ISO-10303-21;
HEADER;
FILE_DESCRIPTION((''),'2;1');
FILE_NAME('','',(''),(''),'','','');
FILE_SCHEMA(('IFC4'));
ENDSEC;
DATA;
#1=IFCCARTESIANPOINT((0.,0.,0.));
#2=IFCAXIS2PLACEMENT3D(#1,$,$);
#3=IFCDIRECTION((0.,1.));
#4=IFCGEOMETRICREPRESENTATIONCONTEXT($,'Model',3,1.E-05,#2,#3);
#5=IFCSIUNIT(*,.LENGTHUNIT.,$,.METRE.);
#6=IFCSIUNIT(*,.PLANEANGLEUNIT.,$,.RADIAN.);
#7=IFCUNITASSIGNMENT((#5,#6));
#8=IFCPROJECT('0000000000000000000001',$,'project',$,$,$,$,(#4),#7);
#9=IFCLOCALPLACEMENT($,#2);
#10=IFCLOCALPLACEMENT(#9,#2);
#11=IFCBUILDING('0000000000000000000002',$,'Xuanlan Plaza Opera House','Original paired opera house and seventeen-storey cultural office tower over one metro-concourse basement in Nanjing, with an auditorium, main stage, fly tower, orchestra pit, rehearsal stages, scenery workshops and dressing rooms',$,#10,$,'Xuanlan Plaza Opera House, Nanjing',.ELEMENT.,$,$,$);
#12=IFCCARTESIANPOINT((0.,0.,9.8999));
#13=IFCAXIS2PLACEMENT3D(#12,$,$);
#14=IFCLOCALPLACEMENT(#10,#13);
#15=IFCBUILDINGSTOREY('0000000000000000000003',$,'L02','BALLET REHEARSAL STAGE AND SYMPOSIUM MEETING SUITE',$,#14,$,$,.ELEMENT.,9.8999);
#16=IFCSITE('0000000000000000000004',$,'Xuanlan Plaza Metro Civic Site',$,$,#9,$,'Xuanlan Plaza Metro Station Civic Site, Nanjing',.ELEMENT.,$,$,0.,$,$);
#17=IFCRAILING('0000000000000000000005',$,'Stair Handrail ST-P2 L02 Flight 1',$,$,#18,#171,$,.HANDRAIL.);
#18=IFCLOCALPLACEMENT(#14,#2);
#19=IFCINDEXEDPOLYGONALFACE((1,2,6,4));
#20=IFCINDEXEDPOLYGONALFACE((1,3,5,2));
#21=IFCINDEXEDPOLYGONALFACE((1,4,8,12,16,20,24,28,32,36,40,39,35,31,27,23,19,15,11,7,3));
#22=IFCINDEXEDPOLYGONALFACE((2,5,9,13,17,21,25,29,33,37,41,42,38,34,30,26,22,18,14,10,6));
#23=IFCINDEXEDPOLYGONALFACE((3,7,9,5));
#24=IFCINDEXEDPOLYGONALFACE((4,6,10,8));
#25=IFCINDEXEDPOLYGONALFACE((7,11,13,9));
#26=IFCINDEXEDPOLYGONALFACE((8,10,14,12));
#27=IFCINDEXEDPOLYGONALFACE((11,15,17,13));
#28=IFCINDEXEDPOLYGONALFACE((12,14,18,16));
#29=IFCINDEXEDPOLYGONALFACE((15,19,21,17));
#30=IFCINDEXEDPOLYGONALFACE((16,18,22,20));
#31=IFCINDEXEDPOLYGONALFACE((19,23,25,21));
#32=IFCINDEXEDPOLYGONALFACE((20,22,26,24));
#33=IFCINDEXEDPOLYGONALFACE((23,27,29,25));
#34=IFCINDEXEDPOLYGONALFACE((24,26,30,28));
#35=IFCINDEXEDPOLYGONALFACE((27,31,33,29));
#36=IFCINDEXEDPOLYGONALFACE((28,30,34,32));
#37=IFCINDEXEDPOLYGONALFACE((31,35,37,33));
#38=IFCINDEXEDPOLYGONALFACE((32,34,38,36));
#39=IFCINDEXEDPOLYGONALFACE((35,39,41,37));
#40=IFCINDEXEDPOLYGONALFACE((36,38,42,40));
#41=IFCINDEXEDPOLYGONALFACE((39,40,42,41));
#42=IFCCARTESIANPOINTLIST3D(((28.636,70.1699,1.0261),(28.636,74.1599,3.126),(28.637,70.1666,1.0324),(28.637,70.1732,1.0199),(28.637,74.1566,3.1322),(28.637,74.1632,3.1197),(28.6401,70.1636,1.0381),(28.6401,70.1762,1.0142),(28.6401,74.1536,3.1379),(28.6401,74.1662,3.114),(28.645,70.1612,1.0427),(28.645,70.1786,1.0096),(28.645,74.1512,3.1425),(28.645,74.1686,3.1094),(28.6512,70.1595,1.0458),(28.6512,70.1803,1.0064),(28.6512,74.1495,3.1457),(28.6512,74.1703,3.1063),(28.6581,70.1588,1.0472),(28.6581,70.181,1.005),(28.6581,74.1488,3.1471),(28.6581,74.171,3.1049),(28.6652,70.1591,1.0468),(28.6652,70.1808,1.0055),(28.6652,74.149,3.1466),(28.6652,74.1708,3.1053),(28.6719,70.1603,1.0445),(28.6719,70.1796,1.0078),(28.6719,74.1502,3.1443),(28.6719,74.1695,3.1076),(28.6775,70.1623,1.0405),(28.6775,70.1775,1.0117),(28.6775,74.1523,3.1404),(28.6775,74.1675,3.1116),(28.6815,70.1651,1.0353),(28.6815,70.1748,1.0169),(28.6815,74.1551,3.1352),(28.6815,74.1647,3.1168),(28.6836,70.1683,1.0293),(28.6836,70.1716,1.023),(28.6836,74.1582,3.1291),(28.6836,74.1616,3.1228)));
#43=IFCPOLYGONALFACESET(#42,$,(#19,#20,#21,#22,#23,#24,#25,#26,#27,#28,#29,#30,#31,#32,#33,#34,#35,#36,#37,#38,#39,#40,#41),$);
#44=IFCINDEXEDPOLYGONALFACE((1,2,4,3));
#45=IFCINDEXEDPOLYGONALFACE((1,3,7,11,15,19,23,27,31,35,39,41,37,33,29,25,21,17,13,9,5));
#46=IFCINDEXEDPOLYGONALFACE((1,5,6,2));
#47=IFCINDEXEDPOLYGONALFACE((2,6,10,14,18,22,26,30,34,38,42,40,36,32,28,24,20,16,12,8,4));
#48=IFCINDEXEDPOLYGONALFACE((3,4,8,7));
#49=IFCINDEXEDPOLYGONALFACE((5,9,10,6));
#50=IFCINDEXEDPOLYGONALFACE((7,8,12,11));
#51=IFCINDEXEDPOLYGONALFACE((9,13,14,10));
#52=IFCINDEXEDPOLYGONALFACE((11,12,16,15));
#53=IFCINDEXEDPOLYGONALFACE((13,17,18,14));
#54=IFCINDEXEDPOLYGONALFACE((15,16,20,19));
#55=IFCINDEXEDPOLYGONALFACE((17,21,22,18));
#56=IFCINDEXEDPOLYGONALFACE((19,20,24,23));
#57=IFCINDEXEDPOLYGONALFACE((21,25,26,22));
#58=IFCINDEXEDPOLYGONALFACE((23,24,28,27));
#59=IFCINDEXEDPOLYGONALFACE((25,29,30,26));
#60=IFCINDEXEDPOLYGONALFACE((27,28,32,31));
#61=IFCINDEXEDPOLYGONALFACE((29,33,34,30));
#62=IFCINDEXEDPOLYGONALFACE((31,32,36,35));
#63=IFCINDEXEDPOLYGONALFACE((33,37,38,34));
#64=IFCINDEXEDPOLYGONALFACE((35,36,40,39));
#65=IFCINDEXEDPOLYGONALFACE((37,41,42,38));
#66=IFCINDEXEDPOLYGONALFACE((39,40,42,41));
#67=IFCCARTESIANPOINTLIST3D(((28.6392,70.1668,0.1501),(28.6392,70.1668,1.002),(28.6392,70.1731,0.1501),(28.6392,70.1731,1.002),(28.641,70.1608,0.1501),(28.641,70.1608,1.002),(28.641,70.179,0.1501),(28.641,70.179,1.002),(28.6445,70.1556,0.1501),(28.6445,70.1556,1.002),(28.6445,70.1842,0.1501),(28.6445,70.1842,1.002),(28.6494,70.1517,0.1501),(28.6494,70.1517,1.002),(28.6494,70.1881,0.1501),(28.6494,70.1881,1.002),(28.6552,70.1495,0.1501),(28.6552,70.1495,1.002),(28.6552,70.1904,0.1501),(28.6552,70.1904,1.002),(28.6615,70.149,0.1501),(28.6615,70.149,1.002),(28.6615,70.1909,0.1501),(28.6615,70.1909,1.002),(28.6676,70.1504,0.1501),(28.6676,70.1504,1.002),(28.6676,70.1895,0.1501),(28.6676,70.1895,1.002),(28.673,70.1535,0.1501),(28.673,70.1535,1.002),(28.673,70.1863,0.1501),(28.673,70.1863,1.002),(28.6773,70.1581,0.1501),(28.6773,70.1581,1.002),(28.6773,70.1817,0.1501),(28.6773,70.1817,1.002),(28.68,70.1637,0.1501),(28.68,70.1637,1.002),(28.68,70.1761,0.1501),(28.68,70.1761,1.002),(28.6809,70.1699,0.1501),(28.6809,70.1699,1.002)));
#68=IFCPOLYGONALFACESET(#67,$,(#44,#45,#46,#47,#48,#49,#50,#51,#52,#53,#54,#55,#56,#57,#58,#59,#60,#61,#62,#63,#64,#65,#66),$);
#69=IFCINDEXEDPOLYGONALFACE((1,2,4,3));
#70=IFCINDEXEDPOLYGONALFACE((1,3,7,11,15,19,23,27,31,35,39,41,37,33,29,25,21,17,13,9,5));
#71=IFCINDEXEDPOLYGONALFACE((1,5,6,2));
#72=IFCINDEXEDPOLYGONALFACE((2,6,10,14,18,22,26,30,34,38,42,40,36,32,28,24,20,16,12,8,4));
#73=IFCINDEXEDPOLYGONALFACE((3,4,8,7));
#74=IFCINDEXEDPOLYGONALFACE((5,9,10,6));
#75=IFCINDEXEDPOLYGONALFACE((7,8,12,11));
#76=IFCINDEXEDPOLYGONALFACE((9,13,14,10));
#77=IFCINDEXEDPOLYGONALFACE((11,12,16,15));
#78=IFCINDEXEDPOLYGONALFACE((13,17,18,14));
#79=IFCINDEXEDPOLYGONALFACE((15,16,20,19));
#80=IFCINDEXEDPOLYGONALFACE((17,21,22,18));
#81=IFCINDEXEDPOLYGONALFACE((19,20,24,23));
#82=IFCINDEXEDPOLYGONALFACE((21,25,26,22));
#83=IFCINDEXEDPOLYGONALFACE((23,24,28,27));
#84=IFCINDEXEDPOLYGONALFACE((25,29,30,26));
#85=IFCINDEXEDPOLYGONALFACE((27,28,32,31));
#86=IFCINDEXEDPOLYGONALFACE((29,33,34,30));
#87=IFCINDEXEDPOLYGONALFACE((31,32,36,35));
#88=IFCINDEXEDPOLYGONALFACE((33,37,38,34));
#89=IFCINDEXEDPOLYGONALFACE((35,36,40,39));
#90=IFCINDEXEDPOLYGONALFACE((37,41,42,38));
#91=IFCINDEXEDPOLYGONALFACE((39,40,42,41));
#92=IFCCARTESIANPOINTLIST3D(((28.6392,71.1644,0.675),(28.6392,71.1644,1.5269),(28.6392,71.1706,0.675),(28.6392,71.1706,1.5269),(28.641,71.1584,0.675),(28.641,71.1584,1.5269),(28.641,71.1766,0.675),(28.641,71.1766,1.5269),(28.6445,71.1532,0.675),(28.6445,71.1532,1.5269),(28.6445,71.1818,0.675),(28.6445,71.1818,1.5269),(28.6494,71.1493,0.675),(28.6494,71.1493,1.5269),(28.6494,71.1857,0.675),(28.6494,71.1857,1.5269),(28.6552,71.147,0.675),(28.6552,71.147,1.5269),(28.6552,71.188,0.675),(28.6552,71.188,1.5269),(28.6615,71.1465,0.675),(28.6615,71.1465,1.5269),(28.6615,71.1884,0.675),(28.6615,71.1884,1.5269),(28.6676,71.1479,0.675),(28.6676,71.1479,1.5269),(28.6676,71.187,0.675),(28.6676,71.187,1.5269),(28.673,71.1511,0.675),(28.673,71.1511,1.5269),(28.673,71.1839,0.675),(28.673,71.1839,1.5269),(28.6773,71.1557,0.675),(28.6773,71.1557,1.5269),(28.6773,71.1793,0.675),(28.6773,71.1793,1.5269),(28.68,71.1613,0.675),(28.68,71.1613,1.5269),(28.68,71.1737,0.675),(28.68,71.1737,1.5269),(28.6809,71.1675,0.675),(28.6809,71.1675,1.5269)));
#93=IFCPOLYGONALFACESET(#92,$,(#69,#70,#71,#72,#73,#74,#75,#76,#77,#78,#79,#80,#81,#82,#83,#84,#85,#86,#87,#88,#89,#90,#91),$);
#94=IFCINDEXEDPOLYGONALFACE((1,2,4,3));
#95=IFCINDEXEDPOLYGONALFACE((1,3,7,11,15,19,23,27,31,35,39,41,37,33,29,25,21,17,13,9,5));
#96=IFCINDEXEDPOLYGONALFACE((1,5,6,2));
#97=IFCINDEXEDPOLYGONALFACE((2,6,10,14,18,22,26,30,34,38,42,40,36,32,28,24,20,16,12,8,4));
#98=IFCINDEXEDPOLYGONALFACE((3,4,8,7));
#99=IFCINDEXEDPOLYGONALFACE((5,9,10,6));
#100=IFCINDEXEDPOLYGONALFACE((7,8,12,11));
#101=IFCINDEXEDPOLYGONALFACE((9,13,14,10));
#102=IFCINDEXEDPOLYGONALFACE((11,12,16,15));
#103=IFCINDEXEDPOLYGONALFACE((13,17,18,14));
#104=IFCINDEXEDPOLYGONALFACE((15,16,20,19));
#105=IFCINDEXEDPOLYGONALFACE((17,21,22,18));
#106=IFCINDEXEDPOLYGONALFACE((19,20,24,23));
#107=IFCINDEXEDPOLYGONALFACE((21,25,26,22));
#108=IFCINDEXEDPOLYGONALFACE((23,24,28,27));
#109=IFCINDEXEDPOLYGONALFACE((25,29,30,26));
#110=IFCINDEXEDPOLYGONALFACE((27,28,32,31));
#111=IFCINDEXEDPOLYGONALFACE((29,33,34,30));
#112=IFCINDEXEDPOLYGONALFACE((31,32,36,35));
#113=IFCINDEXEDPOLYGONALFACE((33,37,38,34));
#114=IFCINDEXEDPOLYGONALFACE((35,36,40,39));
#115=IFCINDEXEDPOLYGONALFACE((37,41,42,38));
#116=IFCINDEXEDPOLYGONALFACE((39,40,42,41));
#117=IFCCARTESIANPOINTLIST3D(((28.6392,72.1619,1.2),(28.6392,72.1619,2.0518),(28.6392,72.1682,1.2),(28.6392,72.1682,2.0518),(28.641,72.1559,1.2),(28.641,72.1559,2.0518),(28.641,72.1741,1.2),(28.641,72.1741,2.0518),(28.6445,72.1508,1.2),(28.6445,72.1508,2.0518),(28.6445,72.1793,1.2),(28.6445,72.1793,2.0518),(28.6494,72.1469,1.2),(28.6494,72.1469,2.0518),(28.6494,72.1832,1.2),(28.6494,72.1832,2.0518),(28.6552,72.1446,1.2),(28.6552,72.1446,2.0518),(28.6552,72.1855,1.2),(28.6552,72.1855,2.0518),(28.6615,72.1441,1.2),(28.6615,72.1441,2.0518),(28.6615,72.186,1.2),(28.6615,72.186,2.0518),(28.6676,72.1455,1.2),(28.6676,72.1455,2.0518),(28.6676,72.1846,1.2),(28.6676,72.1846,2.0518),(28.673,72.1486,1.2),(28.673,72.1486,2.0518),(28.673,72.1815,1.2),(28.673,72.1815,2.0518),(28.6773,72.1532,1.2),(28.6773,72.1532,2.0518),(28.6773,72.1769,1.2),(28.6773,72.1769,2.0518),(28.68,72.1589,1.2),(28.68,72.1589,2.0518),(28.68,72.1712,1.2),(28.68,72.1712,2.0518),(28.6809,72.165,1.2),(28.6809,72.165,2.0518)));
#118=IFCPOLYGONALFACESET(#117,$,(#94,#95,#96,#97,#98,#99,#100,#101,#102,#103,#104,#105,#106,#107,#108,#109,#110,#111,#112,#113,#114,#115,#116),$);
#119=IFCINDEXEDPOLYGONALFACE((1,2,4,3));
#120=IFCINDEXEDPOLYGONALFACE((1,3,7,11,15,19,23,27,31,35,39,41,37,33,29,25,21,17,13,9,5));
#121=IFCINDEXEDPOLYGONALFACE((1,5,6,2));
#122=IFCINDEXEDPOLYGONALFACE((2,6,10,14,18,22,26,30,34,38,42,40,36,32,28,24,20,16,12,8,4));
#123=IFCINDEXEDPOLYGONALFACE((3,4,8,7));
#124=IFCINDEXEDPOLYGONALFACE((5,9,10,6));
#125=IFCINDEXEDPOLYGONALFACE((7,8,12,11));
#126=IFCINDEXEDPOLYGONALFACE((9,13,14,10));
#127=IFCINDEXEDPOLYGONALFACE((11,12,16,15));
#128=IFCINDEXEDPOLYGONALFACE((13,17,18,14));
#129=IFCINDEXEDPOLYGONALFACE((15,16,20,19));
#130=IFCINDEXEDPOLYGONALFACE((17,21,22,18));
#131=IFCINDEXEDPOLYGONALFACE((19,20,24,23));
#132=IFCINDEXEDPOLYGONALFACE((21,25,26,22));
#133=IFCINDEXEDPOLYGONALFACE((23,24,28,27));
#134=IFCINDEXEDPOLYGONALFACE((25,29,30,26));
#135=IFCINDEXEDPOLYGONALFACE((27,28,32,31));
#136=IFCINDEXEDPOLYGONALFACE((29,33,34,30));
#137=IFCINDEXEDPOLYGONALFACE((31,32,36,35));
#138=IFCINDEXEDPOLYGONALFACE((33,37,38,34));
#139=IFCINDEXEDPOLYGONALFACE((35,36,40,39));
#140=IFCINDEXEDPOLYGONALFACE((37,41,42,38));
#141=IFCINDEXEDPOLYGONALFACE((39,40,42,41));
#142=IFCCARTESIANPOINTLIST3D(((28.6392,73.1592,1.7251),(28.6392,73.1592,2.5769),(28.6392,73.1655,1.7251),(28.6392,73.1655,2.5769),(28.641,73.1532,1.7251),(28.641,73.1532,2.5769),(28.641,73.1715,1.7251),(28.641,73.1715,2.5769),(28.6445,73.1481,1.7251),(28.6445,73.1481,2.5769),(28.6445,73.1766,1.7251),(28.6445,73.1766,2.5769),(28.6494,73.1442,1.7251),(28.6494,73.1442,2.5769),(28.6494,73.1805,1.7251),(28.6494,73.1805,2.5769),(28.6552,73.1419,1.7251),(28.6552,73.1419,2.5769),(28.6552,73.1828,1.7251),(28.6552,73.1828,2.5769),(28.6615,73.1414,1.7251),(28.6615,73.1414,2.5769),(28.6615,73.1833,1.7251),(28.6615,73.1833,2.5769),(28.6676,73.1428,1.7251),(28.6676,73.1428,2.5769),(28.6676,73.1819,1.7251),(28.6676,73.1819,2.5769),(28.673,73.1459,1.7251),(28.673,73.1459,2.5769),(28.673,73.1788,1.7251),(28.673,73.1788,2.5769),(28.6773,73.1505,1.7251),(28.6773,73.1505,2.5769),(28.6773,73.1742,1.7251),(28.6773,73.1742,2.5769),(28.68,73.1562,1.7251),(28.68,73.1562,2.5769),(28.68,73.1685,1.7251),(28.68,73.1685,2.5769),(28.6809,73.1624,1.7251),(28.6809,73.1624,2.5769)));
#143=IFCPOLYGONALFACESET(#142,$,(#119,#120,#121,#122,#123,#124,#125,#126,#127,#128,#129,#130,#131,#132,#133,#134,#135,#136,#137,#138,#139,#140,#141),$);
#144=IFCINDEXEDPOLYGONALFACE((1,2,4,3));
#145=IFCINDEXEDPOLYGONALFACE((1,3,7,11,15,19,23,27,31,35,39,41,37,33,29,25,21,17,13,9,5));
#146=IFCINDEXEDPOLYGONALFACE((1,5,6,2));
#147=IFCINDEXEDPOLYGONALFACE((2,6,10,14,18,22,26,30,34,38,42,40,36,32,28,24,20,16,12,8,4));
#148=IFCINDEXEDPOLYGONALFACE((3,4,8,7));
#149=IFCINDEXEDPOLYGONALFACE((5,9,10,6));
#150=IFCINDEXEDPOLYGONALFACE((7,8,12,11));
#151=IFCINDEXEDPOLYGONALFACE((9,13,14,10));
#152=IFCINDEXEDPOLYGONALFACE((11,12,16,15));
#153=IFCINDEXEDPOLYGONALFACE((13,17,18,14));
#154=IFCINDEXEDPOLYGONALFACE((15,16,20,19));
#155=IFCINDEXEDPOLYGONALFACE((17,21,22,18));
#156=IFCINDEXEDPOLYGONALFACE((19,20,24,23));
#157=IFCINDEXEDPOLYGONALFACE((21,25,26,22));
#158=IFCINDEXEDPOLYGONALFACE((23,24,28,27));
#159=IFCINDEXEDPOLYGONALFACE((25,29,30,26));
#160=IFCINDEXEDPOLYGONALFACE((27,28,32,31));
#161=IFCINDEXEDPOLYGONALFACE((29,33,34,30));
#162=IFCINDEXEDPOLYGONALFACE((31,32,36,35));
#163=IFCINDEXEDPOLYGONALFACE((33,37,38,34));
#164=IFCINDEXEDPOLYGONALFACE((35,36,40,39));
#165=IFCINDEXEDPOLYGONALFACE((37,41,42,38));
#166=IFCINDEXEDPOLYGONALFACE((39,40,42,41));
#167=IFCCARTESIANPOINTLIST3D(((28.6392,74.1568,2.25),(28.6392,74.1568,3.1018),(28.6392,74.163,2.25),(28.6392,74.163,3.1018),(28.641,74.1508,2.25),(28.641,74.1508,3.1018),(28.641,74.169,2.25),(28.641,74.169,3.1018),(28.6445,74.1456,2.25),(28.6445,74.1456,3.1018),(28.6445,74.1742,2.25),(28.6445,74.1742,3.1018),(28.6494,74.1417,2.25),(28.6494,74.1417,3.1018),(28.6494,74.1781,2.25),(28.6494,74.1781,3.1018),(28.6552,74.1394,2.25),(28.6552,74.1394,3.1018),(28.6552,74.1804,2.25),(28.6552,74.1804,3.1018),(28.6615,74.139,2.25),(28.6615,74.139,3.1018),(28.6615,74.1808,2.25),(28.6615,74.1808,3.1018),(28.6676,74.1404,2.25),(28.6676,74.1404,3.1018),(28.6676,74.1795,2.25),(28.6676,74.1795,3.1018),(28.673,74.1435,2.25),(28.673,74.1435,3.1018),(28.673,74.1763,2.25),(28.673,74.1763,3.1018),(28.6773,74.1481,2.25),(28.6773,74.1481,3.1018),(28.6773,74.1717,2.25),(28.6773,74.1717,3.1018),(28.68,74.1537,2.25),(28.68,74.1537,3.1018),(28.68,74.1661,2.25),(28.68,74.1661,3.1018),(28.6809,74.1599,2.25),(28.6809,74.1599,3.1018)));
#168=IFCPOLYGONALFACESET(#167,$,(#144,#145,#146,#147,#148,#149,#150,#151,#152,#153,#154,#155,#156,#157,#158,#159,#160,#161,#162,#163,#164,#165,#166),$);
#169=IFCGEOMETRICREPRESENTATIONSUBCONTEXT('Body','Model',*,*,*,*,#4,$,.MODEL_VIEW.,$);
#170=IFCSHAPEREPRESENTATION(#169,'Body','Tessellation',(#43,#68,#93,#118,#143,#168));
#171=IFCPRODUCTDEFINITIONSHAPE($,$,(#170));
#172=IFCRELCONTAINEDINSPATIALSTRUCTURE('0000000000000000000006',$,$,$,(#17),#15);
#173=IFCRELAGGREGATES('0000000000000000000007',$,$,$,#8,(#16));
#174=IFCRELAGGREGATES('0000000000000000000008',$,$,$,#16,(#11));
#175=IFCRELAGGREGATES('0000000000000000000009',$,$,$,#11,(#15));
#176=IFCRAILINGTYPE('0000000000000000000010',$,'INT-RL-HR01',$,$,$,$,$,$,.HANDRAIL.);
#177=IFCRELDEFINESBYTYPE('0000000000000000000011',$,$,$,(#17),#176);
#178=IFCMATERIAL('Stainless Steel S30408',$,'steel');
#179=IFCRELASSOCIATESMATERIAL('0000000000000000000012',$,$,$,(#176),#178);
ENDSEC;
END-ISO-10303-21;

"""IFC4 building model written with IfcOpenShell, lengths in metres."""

from ifc_helpers import new_model, si_unit, direction, frame, origin, origin_2d, place, context, subcontext, project, spatial, circle, extrude, material, type_object, element, save


model = new_model("IFC4")

# Units and contexts
model_context = context("Model", 3, precision=1e-05, world=origin(), true_north=direction((0.0, 1.0)))
body_context = subcontext(model_context, "Body", "Model", "MODEL_VIEW")
ifc_project = project(units=[si_unit("LENGTHUNIT", "METRE"), si_unit("PLANEANGLEUNIT", "RADIAN")], contexts=[model_context])

# Site, building, storey
site_placement = place(None, origin())
site = spatial("IfcSite", under=ifc_project, at=site_placement, Name="Xuanlan Plaza Metro Civic Site", LongName="Xuanlan Plaza Metro Station Civic Site, Nanjing", CompositionType="ELEMENT", RefElevation=0.0)
building_placement = place(site_placement, origin())
building = spatial("IfcBuilding", under=site, at=building_placement, Name="Xuanlan Plaza Opera House", Description="Original paired opera house and seventeen-storey cultural office tower over one metro-concourse basement in Nanjing, with an auditorium, main stage, fly tower, orchestra pit, rehearsal stages, scenery workshops and dressing rooms", LongName="Xuanlan Plaza Opera House, Nanjing", CompositionType="ELEMENT")
storey_placement = place(building_placement, frame((0.0, 0.0, 9.8999)))
storey = spatial("IfcBuildingStorey", under=building, at=storey_placement, Name="L02", Description="BALLET REHEARSAL STAGE AND SYMPOSIUM MEETING SUITE", CompositionType="ELEMENT", Elevation=9.8999)

# Railing
ifc_material_1 = material(Name="Stainless Steel S30408", Category="steel")
railing_type = type_object("IfcRailingType", Name="INT-RL-HR01", PredefinedType="HANDRAIL", material=ifc_material_1)
for number, where, name in (
    (1, (28.6599, 70.1699, 0.1501), "Stair Handrail ST-P2 L02 Flight 1"),
):
    element("IfcRailing", number, at=place(storey_placement, frame(where)), inside=storey, type_object=railing_type, Name=name, PredefinedType="HANDRAIL", context=body_context, shape_type="SweptSolid", body=[
        extrude(circle(Radius=0.0239, at=origin_2d()), frame((0.0, 0.0, 0.876), z_axis=(0.0, 0.884931, 0.465722), x_axis=(-1.0, 0.0, 0.0)), (0.0, 0.0, 1.0), 4.5088),
        extrude(circle(Radius=0.021, at=origin_2d()), origin(), (0.0, 0.0, 1.0), 0.8518),
        extrude(circle(Radius=0.021, at=origin_2d()), frame((0.0, 0.9976, 0.5249)), (0.0, 0.0, 1.0), 0.8518),
        extrude(circle(Radius=0.021, at=origin_2d()), frame((0.0, 1.9951, 1.0498)), (0.0, 0.0, 1.0), 0.8518),
        extrude(circle(Radius=0.021, at=origin_2d()), frame((0.0, 2.9924, 1.575)), (0.0, 0.0, 1.0), 0.8518),
        extrude(circle(Radius=0.021, at=origin_2d()), frame((0.0, 3.99, 2.0999)), (0.0, 0.0, 1.0), 0.8518),
    ])

save(model, "model.ifc")
